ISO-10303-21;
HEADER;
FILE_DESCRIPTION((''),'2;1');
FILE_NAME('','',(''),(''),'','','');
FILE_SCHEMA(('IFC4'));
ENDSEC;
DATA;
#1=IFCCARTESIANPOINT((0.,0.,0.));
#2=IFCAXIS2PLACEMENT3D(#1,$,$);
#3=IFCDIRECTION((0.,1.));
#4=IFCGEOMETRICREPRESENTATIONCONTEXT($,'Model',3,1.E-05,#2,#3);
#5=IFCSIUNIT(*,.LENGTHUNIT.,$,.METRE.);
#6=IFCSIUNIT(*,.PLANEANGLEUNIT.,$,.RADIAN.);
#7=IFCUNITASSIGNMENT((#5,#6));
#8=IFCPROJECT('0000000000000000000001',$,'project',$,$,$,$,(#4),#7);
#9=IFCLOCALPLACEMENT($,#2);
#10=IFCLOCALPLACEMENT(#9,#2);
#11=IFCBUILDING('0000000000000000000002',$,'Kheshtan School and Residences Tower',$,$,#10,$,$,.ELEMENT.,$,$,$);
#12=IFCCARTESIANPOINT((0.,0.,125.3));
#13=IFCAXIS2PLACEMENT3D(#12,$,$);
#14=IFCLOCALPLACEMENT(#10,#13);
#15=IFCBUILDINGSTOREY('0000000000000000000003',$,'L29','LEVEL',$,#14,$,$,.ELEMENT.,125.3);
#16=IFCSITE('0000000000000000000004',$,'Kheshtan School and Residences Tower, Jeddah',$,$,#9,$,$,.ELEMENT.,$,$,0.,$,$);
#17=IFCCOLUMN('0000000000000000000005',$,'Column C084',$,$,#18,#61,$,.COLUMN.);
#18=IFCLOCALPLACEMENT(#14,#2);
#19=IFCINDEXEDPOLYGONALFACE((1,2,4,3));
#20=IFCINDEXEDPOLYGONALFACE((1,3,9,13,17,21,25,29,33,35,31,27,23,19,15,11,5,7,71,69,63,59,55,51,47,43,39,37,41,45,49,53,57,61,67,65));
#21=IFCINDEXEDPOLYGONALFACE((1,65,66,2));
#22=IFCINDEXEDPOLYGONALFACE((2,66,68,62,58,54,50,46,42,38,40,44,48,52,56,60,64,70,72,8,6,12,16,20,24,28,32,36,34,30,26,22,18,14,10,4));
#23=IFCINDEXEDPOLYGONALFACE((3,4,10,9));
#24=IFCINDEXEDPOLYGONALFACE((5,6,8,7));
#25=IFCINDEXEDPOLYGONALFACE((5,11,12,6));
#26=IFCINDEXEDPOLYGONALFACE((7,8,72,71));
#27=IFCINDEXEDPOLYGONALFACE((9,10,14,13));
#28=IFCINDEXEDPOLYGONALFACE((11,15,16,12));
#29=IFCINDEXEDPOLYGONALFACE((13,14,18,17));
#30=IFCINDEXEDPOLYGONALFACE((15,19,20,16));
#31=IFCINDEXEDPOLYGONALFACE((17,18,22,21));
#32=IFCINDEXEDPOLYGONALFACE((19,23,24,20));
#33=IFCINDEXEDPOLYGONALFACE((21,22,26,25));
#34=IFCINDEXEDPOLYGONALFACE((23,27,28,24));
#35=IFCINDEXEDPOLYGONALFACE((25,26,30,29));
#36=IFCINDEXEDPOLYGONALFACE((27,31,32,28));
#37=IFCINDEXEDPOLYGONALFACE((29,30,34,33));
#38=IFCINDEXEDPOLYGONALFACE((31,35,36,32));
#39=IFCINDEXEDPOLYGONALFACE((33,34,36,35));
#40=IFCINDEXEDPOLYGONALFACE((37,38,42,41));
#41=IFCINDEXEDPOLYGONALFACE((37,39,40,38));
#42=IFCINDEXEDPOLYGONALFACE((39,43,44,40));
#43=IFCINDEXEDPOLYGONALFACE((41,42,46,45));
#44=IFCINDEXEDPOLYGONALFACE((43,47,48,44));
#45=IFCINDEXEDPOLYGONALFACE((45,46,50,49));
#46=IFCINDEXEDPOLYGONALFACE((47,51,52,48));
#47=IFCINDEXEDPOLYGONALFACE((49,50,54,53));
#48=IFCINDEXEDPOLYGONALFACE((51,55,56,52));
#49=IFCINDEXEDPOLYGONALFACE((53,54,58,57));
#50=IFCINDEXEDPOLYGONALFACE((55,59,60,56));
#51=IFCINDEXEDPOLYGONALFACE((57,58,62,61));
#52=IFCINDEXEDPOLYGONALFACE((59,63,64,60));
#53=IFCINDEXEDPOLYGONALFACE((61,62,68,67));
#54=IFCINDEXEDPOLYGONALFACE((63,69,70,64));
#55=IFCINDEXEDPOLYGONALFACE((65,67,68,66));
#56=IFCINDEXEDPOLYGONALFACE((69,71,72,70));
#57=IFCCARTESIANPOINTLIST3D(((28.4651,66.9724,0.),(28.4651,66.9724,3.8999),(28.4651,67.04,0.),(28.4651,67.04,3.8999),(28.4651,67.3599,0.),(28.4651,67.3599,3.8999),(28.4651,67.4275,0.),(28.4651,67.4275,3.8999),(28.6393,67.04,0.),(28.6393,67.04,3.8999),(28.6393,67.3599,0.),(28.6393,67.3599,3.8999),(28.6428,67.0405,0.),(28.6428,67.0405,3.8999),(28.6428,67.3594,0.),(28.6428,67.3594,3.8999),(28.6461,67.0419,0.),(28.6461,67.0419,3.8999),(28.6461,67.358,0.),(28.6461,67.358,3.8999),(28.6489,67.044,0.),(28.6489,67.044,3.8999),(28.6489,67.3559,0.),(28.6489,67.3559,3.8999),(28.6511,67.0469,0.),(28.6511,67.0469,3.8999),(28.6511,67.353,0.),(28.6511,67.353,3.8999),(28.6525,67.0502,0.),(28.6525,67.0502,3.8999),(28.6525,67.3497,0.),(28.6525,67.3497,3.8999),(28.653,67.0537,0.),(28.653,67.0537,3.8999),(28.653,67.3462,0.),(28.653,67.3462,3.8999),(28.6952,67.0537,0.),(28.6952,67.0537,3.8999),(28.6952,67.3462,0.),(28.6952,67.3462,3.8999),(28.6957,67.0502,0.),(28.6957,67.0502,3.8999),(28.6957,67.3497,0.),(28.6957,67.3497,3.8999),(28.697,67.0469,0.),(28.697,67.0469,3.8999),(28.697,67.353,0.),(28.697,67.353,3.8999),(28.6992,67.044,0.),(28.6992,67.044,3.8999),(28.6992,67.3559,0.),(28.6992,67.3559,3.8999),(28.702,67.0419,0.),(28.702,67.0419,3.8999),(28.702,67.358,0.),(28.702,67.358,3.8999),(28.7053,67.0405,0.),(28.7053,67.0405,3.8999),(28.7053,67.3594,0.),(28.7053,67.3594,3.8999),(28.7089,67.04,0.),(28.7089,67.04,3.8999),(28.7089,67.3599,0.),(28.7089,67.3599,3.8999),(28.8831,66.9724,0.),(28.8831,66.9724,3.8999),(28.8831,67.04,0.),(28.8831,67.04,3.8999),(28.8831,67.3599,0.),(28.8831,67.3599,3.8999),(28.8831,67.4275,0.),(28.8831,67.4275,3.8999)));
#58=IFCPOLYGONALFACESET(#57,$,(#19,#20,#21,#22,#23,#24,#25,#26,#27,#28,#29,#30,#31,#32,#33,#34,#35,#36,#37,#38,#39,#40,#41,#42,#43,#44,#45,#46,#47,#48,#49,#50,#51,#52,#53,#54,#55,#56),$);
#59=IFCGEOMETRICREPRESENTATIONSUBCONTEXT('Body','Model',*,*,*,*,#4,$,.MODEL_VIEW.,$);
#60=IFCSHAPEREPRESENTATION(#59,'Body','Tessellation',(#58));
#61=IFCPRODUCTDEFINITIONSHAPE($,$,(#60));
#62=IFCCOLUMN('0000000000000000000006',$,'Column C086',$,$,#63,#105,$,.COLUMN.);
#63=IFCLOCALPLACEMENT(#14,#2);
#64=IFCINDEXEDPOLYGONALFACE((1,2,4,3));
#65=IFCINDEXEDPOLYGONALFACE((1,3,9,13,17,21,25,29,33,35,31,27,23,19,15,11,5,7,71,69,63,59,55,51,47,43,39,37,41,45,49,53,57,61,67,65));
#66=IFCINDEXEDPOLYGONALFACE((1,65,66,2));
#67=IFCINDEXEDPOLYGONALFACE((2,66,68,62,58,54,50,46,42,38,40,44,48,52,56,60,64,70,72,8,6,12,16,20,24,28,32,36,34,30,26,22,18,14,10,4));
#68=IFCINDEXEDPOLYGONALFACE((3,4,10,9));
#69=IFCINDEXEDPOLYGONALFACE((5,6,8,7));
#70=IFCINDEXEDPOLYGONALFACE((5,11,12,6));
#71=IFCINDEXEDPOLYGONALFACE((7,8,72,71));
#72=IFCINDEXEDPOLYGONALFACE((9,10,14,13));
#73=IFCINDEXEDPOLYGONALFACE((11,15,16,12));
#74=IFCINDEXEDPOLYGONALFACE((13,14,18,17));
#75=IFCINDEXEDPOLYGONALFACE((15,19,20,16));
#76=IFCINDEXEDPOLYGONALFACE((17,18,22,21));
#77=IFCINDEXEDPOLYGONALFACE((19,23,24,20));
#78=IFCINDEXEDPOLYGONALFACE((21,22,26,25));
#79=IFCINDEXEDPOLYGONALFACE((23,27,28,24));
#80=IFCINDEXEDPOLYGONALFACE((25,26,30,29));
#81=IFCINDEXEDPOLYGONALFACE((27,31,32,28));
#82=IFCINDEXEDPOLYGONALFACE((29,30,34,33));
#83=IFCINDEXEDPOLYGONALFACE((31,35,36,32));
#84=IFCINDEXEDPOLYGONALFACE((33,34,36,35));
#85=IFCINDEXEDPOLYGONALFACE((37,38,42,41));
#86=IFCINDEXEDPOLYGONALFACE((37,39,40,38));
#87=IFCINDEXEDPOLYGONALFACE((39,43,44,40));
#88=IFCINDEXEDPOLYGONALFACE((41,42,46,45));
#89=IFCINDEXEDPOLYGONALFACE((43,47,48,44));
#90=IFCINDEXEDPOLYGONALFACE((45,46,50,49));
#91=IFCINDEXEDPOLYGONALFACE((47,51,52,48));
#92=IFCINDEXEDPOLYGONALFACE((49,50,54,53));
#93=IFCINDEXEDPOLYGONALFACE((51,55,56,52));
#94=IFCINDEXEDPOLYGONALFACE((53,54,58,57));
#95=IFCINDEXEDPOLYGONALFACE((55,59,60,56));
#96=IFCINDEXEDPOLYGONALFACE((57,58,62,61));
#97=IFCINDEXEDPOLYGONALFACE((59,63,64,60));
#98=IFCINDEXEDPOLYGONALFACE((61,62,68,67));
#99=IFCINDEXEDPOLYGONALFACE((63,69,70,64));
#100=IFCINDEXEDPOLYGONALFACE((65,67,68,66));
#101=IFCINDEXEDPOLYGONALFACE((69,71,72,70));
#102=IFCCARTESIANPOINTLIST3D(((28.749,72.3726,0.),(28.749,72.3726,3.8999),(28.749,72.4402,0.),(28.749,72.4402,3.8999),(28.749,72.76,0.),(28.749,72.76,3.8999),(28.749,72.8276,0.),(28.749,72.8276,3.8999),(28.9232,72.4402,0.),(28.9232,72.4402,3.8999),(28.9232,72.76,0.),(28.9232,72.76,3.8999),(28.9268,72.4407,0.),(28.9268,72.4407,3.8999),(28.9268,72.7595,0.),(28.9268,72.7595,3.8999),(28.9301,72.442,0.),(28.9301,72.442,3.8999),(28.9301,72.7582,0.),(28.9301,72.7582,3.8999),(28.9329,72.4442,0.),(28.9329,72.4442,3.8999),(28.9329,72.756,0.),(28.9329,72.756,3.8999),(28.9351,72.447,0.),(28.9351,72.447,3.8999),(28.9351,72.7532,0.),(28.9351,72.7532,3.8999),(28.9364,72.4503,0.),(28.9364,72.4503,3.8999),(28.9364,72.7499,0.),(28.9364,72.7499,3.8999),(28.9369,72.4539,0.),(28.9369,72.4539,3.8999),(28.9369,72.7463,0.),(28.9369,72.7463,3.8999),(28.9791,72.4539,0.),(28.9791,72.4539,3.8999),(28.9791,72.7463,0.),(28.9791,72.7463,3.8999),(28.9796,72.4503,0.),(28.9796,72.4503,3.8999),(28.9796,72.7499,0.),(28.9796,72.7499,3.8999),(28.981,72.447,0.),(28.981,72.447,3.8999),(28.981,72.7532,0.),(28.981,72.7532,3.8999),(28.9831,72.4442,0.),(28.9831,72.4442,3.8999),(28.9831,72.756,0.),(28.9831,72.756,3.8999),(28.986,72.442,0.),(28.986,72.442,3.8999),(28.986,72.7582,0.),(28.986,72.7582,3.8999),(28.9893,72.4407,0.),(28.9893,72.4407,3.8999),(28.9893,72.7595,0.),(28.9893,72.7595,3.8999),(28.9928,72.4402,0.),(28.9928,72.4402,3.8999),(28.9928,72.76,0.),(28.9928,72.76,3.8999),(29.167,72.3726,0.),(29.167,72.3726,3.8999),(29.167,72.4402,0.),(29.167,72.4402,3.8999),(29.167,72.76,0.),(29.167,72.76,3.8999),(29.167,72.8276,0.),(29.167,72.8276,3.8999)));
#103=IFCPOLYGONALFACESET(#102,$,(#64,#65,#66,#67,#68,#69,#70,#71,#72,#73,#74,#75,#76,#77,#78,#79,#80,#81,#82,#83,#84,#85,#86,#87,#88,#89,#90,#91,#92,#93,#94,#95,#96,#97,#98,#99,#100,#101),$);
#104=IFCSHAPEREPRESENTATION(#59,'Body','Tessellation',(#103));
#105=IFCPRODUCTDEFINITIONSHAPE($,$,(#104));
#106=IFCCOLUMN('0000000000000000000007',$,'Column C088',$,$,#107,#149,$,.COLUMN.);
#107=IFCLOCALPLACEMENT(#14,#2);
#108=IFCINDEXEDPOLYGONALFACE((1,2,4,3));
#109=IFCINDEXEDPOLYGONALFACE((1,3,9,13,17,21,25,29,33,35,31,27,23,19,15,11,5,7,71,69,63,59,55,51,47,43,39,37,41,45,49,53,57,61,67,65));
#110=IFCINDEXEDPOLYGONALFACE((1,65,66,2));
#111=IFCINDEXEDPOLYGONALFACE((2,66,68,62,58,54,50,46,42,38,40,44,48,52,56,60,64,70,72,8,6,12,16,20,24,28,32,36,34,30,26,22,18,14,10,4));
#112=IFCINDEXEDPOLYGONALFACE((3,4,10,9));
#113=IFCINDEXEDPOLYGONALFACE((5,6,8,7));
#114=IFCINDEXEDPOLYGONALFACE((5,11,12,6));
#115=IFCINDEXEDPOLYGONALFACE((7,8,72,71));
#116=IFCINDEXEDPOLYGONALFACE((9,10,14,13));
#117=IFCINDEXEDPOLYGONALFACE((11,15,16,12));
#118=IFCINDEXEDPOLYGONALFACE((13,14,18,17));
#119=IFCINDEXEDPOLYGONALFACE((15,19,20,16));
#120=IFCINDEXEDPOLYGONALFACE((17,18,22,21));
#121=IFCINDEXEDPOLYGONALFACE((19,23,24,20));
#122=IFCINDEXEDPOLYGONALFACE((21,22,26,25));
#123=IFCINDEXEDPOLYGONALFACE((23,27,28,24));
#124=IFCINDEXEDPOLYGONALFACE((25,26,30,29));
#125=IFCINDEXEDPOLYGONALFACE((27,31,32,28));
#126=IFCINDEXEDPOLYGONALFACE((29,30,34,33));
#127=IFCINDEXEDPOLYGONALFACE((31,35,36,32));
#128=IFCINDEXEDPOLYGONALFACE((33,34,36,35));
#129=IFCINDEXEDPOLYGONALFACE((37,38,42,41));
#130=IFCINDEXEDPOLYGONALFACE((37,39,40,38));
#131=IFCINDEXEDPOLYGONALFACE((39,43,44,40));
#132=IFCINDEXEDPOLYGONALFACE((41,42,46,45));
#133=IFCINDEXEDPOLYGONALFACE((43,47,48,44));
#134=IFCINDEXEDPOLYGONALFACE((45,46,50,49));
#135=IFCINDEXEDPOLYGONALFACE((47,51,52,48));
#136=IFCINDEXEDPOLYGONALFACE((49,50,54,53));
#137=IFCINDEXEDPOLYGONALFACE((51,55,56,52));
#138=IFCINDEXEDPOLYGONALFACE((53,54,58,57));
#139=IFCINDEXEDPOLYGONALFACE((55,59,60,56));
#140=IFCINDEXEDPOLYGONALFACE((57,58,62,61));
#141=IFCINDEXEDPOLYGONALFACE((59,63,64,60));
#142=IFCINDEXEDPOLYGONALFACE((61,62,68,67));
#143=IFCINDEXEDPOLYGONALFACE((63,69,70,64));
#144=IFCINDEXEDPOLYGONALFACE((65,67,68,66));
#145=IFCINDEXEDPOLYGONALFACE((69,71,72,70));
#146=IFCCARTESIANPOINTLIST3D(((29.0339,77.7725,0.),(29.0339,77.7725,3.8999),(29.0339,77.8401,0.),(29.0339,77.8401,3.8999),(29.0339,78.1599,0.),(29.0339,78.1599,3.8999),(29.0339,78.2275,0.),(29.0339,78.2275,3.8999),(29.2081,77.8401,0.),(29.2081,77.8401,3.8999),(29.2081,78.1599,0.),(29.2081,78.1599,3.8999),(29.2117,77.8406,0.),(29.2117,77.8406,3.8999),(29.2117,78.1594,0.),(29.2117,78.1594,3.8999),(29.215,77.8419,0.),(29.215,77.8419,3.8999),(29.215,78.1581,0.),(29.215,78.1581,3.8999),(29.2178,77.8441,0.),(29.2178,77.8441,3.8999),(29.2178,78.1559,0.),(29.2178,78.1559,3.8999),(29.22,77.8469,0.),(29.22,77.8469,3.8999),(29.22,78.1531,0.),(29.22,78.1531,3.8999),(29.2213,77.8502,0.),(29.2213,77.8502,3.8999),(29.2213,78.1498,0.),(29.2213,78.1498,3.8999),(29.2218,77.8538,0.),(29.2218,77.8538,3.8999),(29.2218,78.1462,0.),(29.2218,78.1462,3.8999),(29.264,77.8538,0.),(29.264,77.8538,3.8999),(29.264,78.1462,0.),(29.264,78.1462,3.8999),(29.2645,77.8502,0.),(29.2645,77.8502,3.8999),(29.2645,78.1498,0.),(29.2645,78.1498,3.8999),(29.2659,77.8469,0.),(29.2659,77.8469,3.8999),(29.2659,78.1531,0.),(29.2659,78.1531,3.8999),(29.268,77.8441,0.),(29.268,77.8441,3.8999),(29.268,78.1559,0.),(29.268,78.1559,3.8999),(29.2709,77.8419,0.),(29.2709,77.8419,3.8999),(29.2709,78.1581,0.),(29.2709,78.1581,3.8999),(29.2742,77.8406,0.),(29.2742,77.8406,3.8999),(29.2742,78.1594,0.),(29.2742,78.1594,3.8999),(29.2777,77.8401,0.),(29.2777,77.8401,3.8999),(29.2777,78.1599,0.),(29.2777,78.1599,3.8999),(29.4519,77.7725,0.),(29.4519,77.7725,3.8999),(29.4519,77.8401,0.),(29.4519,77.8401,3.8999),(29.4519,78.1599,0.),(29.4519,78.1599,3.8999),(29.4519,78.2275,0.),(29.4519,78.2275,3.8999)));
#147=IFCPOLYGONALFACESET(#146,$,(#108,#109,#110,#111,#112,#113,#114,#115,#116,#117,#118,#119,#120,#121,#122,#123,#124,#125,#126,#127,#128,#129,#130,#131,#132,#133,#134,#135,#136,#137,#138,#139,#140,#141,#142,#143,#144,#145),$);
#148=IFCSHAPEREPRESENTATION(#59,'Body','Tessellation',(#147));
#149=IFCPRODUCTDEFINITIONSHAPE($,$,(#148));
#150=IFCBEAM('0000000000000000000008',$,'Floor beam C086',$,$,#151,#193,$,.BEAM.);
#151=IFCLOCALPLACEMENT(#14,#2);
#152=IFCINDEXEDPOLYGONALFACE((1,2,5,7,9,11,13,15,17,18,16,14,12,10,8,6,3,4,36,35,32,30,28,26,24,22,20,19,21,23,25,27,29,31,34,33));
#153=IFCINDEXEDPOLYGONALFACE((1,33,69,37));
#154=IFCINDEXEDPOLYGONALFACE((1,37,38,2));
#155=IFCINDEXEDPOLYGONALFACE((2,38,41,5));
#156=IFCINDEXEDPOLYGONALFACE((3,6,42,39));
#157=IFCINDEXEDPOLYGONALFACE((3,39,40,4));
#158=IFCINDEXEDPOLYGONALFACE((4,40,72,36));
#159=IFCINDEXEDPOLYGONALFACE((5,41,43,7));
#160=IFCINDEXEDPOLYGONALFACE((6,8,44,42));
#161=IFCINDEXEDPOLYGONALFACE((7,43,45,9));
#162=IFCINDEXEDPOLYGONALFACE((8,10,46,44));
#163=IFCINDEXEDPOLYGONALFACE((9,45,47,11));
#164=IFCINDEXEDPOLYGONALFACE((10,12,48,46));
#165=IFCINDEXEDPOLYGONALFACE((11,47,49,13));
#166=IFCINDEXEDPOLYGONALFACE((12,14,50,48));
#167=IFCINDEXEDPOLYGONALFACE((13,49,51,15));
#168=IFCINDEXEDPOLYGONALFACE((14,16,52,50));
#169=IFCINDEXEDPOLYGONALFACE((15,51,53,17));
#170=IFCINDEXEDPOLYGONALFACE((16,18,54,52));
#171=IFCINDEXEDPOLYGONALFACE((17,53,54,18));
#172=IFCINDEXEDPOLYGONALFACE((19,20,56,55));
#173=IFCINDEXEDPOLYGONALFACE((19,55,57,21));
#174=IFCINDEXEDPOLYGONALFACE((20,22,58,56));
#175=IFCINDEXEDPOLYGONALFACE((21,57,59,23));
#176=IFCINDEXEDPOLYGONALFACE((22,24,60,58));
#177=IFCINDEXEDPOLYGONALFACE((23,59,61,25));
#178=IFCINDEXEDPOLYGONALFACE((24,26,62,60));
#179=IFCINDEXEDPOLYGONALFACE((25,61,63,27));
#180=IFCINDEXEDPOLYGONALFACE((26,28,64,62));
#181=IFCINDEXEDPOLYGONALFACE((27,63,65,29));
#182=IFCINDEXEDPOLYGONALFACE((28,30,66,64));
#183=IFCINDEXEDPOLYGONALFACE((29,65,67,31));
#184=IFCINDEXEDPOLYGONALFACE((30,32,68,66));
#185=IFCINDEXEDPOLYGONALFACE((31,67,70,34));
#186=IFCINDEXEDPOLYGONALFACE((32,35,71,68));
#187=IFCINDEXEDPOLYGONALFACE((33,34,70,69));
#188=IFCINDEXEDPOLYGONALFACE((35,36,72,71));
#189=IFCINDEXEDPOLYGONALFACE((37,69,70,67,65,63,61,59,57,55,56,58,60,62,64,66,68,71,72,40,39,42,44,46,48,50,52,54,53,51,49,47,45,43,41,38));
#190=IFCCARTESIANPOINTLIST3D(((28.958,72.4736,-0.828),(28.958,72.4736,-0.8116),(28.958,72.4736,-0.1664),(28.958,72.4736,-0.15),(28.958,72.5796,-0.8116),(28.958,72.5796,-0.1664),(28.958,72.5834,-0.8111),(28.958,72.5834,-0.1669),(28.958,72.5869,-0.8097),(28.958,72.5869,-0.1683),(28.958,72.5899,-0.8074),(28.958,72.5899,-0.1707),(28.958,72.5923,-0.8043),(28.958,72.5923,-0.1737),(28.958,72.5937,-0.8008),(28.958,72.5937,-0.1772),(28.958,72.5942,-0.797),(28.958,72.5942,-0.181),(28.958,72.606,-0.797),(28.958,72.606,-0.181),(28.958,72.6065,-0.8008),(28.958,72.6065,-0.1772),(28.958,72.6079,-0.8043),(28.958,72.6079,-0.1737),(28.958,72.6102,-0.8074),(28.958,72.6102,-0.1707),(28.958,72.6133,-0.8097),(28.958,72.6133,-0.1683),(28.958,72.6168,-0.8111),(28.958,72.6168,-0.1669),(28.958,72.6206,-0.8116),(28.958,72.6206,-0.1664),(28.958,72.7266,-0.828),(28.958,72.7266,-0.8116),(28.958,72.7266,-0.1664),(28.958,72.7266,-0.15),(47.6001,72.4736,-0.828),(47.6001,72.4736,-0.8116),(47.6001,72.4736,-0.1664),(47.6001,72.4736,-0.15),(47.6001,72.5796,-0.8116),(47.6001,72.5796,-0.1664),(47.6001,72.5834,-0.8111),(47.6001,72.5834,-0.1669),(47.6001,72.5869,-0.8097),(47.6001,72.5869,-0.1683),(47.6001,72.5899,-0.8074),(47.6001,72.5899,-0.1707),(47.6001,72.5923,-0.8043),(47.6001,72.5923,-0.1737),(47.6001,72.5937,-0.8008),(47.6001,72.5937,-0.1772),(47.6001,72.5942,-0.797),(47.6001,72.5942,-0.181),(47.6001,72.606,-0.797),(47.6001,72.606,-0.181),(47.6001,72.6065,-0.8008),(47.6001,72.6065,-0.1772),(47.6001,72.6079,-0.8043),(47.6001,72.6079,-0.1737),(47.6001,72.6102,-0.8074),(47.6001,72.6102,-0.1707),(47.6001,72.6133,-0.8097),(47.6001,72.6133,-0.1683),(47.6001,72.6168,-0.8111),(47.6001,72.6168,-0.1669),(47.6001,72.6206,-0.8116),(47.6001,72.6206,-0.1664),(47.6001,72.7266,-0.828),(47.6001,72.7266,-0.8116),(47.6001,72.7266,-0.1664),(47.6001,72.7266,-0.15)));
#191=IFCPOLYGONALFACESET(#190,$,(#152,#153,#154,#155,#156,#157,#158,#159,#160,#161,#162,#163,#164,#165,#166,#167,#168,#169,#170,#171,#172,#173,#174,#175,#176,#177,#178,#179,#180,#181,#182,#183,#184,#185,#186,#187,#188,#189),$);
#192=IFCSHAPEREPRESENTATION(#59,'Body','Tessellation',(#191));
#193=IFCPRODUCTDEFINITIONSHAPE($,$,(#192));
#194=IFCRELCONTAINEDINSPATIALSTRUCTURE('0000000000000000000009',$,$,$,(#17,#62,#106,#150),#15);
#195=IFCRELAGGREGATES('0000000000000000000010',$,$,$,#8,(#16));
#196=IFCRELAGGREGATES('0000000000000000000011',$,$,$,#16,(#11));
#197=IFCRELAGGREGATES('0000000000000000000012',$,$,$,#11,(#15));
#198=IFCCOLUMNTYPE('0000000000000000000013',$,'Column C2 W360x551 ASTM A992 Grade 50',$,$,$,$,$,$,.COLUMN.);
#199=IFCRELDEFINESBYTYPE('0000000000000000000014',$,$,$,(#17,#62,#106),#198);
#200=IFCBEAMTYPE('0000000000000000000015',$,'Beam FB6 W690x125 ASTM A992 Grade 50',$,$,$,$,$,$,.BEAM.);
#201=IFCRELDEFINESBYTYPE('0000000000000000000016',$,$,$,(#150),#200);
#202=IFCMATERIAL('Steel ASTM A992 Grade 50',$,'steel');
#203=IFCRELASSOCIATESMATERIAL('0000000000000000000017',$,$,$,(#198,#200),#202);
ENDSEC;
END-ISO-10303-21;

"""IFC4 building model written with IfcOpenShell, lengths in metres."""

from ifc_helpers import new_model, si_unit, direction, frame, origin, origin_2d, place, context, subcontext, project, spatial, i_section, extrude, material, material_profile, profile_set, type_object, element, save


model = new_model("IFC4")

# Units and contexts
model_context = context("Model", 3, precision=1e-05, world=origin(), true_north=direction((0.0, 1.0)))
body_context = subcontext(model_context, "Body", "Model", "MODEL_VIEW")
ifc_project = project(units=[si_unit("LENGTHUNIT", "METRE"), si_unit("PLANEANGLEUNIT", "RADIAN")], contexts=[model_context])

# Site, building, storey
site_placement = place(None, origin())
site = spatial("IfcSite", under=ifc_project, at=site_placement, Name="Kheshtan School and Residences Tower, Jeddah", CompositionType="ELEMENT", RefElevation=0.0)
building_placement = place(site_placement, origin())
building = spatial("IfcBuilding", under=site, at=building_placement, Name="Kheshtan School and Residences Tower", CompositionType="ELEMENT")
storey_placement = place(building_placement, frame((0.0, 0.0, 125.3)))
storey = spatial("IfcBuildingStorey", under=building, at=storey_placement, Name="L29", Description="LEVEL", CompositionType="ELEMENT", Elevation=125.3)

# Columns
ifc_material_1 = material(Name="Steel ASTM A992 Grade 50", Category="steel")
ifc_material_profile_1 = material_profile(ifc_material_1, i_section(OverallWidth=0.418, OverallDepth=0.4551, WebThickness=0.0422, FlangeThickness=0.0676, FilletRadius=0.0137, at=origin_2d()), Name="W360x551")
ifc_profile_set_1 = profile_set([ifc_material_profile_1], Name="Steel ASTM A992 Grade 50")
column_type = type_object("IfcColumnType", Name="Column C2 W360x551 ASTM A992 Grade 50", PredefinedType="COLUMN", material=ifc_profile_set_1)
for number, where, z_axis, x_axis, name in (
    (1, (28.6741, 67.2, 0.0), (0.0, 0.0, 1.0), (1.0, 0.0, 0.0), "Column C084"),
    (2, (28.958, 72.6001, 0.0), (0.0, 0.0, 1.0), (1.0, 0.0, 0.0), "Column C086"),
    (3, (29.2429, 78.0, 0.0), (0.0, 0.0, 1.0), (1.0, 0.0, 0.0), "Column C088"),
):
    element("IfcColumn", number, at=place(storey_placement, frame(where, z_axis=z_axis, x_axis=x_axis)), inside=storey, type_object=column_type, Name=name, PredefinedType="COLUMN", context=body_context, shape_type="SweptSolid", body=[
        extrude(i_section(OverallWidth=0.418, OverallDepth=0.4551, WebThickness=0.0422, FlangeThickness=0.0676, FilletRadius=0.0137, at=origin_2d()), origin(), (0.0, 0.0, 1.0), 3.8999),
    ])

# Beam
ifc_material_profile_2 = material_profile(ifc_material_1, i_section(OverallWidth=0.2529, OverallDepth=0.678, WebThickness=0.0117, FlangeThickness=0.0164, FilletRadius=0.0146, at=origin_2d()), Name="W690x125")
ifc_profile_set_2 = profile_set([ifc_material_profile_2], Name="Steel ASTM A992 Grade 50")
beam_type_1 = type_object("IfcBeamType", Name="Beam FB6 W690x125 ASTM A992 Grade 50", PredefinedType="BEAM", material=ifc_profile_set_2)
beam_1_placement = place(storey_placement, frame((28.958, 72.6001, -0.489), z_axis=(1.0, 0.0, 0.0), x_axis=(0.0, 1.0, 0.0)))
element("IfcBeam", 4, at=beam_1_placement, inside=storey, type_object=beam_type_1, Name="Floor beam C086", PredefinedType="BEAM", context=body_context, shape_type="SweptSolid", body=[
    extrude(i_section(OverallWidth=0.2529, OverallDepth=0.678, WebThickness=0.0117, FlangeThickness=0.0164, FilletRadius=0.0146, at=origin_2d()), origin(), (0.0, 0.0, 1.0), 18.6421),
])

save(model, "model.ifc")
